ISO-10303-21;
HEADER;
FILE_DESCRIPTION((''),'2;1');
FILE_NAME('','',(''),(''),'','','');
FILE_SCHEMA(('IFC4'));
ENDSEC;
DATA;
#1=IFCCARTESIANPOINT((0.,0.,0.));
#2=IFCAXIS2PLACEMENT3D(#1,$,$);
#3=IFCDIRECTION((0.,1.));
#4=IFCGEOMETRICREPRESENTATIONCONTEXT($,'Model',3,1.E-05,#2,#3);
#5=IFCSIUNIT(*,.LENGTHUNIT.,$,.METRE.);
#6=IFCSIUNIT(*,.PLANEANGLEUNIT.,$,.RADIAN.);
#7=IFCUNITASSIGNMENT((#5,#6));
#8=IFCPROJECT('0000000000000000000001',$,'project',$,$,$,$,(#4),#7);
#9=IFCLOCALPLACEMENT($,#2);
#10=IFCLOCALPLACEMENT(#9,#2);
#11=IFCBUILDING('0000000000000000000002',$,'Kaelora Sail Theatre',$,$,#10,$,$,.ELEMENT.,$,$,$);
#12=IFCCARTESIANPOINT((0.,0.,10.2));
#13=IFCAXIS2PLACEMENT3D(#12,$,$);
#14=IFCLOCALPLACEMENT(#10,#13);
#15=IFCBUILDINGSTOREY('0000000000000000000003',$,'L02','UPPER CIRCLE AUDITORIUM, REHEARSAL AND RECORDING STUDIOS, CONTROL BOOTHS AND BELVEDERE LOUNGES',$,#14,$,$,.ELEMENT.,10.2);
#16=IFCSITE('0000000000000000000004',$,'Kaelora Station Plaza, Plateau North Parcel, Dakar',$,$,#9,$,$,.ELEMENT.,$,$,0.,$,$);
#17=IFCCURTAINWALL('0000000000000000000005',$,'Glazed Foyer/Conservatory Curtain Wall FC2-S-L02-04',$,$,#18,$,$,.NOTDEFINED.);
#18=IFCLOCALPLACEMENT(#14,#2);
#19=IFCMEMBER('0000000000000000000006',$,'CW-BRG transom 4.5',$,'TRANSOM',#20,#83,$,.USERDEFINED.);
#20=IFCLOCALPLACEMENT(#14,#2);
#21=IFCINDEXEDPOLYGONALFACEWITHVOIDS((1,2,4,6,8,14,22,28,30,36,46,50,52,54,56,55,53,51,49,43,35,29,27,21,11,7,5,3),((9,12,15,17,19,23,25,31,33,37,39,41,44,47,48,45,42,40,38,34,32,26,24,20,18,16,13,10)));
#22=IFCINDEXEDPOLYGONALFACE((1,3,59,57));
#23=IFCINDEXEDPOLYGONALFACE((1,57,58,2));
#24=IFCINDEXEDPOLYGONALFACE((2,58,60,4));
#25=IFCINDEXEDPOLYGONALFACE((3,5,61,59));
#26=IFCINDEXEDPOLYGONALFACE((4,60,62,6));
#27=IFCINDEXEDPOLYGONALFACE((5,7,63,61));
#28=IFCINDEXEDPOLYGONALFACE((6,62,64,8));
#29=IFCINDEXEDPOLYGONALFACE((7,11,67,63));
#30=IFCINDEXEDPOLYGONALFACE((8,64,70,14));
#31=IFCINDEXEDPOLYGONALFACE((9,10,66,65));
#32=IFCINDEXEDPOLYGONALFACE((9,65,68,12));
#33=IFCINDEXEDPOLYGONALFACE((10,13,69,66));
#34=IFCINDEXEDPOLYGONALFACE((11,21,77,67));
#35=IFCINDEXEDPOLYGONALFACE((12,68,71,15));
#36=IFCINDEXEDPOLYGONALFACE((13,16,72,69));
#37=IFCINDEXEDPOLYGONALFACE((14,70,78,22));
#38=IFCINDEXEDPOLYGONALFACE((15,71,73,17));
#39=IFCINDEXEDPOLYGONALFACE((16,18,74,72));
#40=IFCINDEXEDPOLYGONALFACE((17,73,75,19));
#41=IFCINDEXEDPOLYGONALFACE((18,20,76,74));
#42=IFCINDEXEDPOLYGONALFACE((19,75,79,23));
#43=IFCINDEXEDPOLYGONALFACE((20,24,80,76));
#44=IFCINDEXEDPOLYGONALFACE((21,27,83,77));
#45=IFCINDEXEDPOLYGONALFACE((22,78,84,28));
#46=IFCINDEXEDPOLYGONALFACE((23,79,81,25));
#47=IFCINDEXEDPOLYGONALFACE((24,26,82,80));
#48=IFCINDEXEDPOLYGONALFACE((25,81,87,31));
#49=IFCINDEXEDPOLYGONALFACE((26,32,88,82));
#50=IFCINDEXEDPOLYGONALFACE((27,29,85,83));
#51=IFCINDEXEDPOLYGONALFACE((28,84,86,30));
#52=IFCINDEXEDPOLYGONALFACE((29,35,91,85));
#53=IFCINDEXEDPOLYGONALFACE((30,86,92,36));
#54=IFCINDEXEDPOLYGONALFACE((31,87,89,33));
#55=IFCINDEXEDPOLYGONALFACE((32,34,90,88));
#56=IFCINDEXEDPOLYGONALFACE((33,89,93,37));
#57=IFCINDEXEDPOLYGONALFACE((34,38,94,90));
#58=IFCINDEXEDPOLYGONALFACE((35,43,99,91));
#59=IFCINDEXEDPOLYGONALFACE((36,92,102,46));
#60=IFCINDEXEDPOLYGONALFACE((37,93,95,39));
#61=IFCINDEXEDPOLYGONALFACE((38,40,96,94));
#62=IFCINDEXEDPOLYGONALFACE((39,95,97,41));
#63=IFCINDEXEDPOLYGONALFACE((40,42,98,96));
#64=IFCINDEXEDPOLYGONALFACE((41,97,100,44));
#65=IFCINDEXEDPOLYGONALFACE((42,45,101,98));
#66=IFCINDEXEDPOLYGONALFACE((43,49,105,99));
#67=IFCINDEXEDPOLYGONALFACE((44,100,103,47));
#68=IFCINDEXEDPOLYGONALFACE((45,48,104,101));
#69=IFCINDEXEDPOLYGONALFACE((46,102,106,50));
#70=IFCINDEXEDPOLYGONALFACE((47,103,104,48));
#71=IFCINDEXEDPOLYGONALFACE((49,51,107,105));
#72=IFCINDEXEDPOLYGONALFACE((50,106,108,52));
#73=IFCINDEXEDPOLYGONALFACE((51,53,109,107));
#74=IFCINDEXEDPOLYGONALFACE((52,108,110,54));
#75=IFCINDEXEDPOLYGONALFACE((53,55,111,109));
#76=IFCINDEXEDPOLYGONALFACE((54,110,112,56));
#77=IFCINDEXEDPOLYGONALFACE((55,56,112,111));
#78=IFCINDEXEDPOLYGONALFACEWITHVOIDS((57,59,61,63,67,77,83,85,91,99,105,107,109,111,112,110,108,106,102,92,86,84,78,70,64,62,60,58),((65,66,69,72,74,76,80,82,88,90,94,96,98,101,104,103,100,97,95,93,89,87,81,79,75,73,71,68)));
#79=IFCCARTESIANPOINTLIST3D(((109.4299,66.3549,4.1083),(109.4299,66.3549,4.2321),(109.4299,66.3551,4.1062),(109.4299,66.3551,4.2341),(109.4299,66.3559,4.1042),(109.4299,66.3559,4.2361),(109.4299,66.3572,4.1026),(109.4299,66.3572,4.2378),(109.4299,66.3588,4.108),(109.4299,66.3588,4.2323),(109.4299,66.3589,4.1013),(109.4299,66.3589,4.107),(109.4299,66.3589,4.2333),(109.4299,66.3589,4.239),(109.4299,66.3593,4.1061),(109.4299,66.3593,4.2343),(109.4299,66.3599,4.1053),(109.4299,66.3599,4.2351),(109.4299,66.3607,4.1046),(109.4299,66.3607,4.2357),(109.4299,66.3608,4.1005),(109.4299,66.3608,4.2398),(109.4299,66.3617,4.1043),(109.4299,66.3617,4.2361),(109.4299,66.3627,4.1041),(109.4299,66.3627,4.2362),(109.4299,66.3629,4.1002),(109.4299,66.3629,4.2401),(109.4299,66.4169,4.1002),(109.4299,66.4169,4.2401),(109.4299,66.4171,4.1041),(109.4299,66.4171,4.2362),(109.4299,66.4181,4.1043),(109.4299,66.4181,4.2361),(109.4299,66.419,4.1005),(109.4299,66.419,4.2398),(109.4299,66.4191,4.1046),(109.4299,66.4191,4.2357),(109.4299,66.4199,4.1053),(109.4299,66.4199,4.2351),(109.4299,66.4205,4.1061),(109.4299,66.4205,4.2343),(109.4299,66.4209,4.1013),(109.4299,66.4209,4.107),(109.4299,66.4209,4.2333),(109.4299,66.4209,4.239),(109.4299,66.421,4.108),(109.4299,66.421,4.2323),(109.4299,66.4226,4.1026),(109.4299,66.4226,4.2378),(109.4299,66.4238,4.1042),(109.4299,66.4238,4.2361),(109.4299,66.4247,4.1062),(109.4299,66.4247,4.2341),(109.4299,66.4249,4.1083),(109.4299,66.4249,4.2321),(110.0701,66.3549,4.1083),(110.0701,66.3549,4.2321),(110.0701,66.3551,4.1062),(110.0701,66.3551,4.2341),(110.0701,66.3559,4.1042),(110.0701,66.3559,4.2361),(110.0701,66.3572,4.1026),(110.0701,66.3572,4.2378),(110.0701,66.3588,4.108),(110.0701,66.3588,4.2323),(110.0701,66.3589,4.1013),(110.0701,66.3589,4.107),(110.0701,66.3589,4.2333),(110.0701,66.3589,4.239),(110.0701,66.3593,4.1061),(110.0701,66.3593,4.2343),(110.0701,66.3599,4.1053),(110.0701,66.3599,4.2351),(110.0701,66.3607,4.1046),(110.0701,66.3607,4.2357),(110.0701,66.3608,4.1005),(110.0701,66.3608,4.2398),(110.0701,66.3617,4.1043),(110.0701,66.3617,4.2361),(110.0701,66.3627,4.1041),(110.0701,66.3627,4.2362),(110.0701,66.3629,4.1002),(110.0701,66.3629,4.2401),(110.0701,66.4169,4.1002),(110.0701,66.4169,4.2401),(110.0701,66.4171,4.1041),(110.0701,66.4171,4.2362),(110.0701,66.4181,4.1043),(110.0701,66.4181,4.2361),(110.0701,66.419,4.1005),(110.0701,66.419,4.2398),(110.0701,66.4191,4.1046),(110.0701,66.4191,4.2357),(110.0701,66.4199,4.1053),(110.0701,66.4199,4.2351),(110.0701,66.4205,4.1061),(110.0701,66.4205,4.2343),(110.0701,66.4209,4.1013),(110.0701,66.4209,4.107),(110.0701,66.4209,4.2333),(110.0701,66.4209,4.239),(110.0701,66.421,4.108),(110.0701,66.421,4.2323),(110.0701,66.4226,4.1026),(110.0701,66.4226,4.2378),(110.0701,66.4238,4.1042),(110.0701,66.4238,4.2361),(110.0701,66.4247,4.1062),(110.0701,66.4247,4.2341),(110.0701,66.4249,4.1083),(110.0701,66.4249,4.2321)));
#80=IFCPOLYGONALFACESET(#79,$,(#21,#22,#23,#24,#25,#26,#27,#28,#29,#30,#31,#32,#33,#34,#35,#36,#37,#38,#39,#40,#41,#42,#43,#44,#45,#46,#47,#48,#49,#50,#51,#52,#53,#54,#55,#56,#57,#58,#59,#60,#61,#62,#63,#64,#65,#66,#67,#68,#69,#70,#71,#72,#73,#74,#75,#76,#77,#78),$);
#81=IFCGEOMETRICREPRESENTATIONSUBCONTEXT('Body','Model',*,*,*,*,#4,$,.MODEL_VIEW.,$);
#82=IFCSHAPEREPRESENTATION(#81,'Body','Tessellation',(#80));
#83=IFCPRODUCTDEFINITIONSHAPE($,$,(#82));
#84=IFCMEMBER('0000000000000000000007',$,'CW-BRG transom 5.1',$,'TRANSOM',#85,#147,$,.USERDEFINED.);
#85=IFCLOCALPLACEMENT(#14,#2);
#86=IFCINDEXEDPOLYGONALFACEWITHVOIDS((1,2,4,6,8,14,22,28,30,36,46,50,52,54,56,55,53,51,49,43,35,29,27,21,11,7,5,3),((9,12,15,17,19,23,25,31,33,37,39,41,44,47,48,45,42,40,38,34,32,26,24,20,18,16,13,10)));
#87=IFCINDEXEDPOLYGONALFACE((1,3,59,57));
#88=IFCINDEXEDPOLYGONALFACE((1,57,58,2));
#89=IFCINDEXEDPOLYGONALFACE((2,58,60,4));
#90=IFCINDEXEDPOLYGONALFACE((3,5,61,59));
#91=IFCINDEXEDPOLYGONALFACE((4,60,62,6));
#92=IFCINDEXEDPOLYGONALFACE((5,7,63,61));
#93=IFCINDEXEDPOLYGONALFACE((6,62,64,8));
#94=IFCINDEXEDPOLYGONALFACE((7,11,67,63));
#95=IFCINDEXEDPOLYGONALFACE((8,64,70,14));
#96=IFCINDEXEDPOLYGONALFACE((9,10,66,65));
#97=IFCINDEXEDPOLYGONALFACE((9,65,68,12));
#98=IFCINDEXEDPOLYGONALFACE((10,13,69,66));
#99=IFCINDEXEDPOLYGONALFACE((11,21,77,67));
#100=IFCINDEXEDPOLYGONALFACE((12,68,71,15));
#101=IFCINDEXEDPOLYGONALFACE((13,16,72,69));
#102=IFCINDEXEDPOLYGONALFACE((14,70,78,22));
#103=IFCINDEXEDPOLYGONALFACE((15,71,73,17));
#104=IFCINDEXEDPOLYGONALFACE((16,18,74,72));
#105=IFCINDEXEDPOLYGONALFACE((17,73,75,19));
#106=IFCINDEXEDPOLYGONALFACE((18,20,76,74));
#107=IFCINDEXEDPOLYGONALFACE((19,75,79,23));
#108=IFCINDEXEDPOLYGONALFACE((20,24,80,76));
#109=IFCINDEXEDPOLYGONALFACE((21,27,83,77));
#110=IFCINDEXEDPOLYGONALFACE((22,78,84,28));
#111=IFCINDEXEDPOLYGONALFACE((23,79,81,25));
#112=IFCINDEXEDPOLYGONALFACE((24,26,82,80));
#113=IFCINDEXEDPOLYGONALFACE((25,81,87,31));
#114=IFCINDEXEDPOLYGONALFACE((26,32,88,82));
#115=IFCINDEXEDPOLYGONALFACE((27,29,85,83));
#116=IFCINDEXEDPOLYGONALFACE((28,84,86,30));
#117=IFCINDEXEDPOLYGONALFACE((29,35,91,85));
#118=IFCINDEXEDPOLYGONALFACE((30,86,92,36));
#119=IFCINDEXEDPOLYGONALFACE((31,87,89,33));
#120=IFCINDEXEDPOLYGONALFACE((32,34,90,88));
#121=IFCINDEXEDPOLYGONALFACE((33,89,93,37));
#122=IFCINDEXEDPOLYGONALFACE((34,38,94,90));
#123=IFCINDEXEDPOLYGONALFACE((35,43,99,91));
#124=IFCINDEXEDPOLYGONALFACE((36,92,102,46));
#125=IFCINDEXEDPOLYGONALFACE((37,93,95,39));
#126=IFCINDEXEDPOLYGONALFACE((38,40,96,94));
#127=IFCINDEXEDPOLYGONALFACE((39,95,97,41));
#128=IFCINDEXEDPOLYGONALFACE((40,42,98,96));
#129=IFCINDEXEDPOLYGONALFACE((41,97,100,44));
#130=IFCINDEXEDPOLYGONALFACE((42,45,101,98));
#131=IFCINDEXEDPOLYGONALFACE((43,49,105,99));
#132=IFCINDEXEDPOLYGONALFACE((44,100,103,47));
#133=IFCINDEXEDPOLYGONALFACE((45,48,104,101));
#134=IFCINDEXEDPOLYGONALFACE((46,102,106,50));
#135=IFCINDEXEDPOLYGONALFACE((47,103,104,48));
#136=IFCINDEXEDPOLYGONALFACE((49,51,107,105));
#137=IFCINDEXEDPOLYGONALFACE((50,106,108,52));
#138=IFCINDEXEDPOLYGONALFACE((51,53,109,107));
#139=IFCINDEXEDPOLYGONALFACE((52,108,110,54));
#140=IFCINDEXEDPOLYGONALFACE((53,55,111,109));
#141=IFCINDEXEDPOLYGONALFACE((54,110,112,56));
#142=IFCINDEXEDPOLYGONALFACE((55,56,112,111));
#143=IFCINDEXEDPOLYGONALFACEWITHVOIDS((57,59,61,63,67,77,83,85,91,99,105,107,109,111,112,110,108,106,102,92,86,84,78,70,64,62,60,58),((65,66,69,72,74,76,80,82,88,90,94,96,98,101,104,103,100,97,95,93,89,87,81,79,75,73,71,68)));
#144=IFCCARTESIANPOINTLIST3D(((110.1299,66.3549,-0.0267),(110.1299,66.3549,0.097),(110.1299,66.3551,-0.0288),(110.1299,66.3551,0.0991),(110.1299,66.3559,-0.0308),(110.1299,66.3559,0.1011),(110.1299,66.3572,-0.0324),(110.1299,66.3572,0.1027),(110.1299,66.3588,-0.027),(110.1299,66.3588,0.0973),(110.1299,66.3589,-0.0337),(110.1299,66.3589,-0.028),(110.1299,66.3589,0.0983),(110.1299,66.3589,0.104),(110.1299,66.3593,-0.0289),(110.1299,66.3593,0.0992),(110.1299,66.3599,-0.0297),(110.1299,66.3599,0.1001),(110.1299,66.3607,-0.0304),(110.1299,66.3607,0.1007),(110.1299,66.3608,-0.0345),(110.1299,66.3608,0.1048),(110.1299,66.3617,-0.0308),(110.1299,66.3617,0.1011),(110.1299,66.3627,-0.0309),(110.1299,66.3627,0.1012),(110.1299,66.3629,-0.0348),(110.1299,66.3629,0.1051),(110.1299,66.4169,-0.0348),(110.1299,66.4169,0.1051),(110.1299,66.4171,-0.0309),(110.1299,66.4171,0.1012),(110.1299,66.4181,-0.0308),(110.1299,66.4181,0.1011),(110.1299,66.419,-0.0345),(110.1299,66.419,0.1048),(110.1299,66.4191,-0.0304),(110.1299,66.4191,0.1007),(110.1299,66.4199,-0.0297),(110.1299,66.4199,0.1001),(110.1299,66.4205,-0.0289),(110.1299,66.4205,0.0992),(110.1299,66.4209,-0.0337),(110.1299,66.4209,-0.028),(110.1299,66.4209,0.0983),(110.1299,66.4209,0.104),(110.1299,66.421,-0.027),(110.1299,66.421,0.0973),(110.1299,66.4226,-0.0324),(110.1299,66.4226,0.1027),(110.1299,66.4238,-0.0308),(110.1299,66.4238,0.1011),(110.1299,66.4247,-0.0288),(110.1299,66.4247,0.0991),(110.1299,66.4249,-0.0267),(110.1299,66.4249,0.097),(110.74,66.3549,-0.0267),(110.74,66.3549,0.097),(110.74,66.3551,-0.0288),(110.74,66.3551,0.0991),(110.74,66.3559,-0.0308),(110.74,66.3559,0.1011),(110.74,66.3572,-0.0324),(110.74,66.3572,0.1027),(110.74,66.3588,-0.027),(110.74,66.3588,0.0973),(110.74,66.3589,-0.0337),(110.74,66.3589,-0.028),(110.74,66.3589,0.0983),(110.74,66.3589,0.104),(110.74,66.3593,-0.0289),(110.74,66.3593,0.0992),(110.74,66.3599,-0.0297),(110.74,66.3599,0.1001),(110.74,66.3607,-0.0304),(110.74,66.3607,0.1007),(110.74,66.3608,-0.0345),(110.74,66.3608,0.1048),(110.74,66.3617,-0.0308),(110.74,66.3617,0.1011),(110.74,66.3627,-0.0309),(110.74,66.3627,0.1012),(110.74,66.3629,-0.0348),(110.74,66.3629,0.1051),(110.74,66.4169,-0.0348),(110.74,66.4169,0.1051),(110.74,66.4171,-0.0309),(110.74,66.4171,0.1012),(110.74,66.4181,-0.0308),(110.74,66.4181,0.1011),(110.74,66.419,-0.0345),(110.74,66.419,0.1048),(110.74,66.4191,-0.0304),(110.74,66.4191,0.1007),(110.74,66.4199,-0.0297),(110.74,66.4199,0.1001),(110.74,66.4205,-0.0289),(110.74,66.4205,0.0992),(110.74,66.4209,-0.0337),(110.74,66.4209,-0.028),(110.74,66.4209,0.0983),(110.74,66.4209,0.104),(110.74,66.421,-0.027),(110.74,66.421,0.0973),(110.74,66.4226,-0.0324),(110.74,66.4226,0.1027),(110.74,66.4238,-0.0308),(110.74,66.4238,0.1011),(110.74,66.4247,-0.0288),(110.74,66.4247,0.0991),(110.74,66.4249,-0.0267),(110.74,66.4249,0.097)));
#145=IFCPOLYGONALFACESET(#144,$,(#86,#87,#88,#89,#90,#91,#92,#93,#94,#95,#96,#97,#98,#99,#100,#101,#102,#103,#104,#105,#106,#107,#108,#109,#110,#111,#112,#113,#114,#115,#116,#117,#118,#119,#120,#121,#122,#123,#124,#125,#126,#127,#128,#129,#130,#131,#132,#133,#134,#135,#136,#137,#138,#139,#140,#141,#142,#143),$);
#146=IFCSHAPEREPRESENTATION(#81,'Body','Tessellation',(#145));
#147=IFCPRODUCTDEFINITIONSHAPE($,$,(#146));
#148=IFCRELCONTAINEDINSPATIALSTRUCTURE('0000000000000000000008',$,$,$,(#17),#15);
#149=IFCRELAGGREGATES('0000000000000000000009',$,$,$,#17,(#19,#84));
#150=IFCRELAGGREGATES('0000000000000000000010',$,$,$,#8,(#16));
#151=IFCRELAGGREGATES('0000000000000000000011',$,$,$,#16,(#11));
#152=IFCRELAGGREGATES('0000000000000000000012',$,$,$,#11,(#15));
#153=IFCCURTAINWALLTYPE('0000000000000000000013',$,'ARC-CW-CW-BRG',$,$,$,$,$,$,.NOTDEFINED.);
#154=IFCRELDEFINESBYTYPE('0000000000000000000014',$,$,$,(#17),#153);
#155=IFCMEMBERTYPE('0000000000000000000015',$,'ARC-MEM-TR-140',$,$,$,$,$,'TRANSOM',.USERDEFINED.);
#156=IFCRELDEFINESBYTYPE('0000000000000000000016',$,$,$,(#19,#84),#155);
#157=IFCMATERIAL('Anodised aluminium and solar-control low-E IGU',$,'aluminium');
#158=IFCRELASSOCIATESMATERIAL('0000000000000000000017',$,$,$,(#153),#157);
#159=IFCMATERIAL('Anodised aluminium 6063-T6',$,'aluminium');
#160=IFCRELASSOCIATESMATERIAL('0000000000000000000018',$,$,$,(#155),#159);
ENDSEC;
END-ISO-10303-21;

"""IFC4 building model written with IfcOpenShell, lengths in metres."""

from ifc_helpers import new_model, si_unit, direction, frame, origin, origin_2d, place, context, subcontext, project, spatial, hollow_rectangle, extrude, material, material_profile, profile_set, type_object, element, aggregate, save


model = new_model("IFC4")

# Units and contexts
model_context = context("Model", 3, precision=1e-05, world=origin(), true_north=direction((0.0, 1.0)))
body_context = subcontext(model_context, "Body", "Model", "MODEL_VIEW")
ifc_project = project(units=[si_unit("LENGTHUNIT", "METRE"), si_unit("PLANEANGLEUNIT", "RADIAN")], contexts=[model_context])

# Site, building, storey
site_placement = place(None, origin())
site = spatial("IfcSite", under=ifc_project, at=site_placement, Name="Kaelora Station Plaza, Plateau North Parcel, Dakar", CompositionType="ELEMENT", RefElevation=0.0)
building_placement = place(site_placement, origin())
building = spatial("IfcBuilding", under=site, at=building_placement, Name="Kaelora Sail Theatre", CompositionType="ELEMENT")
storey_placement = place(building_placement, frame((0.0, 0.0, 10.2)))
storey = spatial("IfcBuildingStorey", under=building, at=storey_placement, Name="L02", Description="UPPER CIRCLE AUDITORIUM, REHEARSAL AND RECORDING STUDIOS, CONTROL BOOTHS AND BELVEDERE LOUNGES", CompositionType="ELEMENT", Elevation=10.2)

# Curtain wall
ifc_material_1 = material(Name="Anodised aluminium and solar-control low-E IGU", Category="aluminium")
curtain_wall_type = type_object("IfcCurtainWallType", Name="ARC-CW-CW-BRG", PredefinedType="NOTDEFINED", material=ifc_material_1)
curtain_wall_1_placement = place(storey_placement, origin())
curtain_wall_1 = element("IfcCurtainWall", 1, at=curtain_wall_1_placement, inside=storey, type_object=curtain_wall_type, Name="Glazed Foyer/Conservatory Curtain Wall FC2-S-L02-04", PredefinedType="NOTDEFINED")

# Members
ifc_material_2 = material(Name="Anodised aluminium 6063-T6", Category="aluminium")
ifc_material_profile_1 = material_profile(ifc_material_2, hollow_rectangle(XDim=0.0701, YDim=0.1399, WallThickness=0.0039, InnerFilletRadius=0.0039, OuterFilletRadius=0.0081, at=origin_2d()), Name="ALU-TRAN 70x140x4")
ifc_profile_set_1 = profile_set([ifc_material_profile_1], Name="Anodised aluminium 6063-T6")
member_type_1 = type_object("IfcMemberType", Name="ARC-MEM-TR-140", ElementType="TRANSOM", PredefinedType="USERDEFINED", material=ifc_profile_set_1)
member_1_placement = place(storey_placement, frame((109.4299, 66.3899, 4.1702), z_axis=(1.0, 0.0, 0.0), x_axis=(0.0, 1.0, 0.0)))
member_1 = element("IfcMember", 2, at=member_1_placement, type_object=member_type_1, Name="CW-BRG transom 4.5", ObjectType="TRANSOM", PredefinedType="USERDEFINED", context=body_context, shape_type="SweptSolid", body=[
    extrude(hollow_rectangle(XDim=0.0701, YDim=0.1399, WallThickness=0.0039, InnerFilletRadius=0.0039, OuterFilletRadius=0.0081, at=origin_2d()), origin(), (0.0, 0.0, 1.0), 0.6401),
])
member_2_placement = place(storey_placement, frame((110.1299, 66.3899, 0.0352), z_axis=(1.0, 0.0, 0.0), x_axis=(0.0, 1.0, 0.0)))
member_2 = element("IfcMember", 3, at=member_2_placement, type_object=member_type_1, Name="CW-BRG transom 5.1", ObjectType="TRANSOM", PredefinedType="USERDEFINED", context=body_context, shape_type="SweptSolid", body=[
    extrude(hollow_rectangle(XDim=0.0701, YDim=0.1399, WallThickness=0.0039, InnerFilletRadius=0.0039, OuterFilletRadius=0.0081, at=origin_2d()), origin(), (0.0, 0.0, 1.0), 0.6101),
])

aggregate(curtain_wall_1, [member_1, member_2])

save(model, "model.ifc")
